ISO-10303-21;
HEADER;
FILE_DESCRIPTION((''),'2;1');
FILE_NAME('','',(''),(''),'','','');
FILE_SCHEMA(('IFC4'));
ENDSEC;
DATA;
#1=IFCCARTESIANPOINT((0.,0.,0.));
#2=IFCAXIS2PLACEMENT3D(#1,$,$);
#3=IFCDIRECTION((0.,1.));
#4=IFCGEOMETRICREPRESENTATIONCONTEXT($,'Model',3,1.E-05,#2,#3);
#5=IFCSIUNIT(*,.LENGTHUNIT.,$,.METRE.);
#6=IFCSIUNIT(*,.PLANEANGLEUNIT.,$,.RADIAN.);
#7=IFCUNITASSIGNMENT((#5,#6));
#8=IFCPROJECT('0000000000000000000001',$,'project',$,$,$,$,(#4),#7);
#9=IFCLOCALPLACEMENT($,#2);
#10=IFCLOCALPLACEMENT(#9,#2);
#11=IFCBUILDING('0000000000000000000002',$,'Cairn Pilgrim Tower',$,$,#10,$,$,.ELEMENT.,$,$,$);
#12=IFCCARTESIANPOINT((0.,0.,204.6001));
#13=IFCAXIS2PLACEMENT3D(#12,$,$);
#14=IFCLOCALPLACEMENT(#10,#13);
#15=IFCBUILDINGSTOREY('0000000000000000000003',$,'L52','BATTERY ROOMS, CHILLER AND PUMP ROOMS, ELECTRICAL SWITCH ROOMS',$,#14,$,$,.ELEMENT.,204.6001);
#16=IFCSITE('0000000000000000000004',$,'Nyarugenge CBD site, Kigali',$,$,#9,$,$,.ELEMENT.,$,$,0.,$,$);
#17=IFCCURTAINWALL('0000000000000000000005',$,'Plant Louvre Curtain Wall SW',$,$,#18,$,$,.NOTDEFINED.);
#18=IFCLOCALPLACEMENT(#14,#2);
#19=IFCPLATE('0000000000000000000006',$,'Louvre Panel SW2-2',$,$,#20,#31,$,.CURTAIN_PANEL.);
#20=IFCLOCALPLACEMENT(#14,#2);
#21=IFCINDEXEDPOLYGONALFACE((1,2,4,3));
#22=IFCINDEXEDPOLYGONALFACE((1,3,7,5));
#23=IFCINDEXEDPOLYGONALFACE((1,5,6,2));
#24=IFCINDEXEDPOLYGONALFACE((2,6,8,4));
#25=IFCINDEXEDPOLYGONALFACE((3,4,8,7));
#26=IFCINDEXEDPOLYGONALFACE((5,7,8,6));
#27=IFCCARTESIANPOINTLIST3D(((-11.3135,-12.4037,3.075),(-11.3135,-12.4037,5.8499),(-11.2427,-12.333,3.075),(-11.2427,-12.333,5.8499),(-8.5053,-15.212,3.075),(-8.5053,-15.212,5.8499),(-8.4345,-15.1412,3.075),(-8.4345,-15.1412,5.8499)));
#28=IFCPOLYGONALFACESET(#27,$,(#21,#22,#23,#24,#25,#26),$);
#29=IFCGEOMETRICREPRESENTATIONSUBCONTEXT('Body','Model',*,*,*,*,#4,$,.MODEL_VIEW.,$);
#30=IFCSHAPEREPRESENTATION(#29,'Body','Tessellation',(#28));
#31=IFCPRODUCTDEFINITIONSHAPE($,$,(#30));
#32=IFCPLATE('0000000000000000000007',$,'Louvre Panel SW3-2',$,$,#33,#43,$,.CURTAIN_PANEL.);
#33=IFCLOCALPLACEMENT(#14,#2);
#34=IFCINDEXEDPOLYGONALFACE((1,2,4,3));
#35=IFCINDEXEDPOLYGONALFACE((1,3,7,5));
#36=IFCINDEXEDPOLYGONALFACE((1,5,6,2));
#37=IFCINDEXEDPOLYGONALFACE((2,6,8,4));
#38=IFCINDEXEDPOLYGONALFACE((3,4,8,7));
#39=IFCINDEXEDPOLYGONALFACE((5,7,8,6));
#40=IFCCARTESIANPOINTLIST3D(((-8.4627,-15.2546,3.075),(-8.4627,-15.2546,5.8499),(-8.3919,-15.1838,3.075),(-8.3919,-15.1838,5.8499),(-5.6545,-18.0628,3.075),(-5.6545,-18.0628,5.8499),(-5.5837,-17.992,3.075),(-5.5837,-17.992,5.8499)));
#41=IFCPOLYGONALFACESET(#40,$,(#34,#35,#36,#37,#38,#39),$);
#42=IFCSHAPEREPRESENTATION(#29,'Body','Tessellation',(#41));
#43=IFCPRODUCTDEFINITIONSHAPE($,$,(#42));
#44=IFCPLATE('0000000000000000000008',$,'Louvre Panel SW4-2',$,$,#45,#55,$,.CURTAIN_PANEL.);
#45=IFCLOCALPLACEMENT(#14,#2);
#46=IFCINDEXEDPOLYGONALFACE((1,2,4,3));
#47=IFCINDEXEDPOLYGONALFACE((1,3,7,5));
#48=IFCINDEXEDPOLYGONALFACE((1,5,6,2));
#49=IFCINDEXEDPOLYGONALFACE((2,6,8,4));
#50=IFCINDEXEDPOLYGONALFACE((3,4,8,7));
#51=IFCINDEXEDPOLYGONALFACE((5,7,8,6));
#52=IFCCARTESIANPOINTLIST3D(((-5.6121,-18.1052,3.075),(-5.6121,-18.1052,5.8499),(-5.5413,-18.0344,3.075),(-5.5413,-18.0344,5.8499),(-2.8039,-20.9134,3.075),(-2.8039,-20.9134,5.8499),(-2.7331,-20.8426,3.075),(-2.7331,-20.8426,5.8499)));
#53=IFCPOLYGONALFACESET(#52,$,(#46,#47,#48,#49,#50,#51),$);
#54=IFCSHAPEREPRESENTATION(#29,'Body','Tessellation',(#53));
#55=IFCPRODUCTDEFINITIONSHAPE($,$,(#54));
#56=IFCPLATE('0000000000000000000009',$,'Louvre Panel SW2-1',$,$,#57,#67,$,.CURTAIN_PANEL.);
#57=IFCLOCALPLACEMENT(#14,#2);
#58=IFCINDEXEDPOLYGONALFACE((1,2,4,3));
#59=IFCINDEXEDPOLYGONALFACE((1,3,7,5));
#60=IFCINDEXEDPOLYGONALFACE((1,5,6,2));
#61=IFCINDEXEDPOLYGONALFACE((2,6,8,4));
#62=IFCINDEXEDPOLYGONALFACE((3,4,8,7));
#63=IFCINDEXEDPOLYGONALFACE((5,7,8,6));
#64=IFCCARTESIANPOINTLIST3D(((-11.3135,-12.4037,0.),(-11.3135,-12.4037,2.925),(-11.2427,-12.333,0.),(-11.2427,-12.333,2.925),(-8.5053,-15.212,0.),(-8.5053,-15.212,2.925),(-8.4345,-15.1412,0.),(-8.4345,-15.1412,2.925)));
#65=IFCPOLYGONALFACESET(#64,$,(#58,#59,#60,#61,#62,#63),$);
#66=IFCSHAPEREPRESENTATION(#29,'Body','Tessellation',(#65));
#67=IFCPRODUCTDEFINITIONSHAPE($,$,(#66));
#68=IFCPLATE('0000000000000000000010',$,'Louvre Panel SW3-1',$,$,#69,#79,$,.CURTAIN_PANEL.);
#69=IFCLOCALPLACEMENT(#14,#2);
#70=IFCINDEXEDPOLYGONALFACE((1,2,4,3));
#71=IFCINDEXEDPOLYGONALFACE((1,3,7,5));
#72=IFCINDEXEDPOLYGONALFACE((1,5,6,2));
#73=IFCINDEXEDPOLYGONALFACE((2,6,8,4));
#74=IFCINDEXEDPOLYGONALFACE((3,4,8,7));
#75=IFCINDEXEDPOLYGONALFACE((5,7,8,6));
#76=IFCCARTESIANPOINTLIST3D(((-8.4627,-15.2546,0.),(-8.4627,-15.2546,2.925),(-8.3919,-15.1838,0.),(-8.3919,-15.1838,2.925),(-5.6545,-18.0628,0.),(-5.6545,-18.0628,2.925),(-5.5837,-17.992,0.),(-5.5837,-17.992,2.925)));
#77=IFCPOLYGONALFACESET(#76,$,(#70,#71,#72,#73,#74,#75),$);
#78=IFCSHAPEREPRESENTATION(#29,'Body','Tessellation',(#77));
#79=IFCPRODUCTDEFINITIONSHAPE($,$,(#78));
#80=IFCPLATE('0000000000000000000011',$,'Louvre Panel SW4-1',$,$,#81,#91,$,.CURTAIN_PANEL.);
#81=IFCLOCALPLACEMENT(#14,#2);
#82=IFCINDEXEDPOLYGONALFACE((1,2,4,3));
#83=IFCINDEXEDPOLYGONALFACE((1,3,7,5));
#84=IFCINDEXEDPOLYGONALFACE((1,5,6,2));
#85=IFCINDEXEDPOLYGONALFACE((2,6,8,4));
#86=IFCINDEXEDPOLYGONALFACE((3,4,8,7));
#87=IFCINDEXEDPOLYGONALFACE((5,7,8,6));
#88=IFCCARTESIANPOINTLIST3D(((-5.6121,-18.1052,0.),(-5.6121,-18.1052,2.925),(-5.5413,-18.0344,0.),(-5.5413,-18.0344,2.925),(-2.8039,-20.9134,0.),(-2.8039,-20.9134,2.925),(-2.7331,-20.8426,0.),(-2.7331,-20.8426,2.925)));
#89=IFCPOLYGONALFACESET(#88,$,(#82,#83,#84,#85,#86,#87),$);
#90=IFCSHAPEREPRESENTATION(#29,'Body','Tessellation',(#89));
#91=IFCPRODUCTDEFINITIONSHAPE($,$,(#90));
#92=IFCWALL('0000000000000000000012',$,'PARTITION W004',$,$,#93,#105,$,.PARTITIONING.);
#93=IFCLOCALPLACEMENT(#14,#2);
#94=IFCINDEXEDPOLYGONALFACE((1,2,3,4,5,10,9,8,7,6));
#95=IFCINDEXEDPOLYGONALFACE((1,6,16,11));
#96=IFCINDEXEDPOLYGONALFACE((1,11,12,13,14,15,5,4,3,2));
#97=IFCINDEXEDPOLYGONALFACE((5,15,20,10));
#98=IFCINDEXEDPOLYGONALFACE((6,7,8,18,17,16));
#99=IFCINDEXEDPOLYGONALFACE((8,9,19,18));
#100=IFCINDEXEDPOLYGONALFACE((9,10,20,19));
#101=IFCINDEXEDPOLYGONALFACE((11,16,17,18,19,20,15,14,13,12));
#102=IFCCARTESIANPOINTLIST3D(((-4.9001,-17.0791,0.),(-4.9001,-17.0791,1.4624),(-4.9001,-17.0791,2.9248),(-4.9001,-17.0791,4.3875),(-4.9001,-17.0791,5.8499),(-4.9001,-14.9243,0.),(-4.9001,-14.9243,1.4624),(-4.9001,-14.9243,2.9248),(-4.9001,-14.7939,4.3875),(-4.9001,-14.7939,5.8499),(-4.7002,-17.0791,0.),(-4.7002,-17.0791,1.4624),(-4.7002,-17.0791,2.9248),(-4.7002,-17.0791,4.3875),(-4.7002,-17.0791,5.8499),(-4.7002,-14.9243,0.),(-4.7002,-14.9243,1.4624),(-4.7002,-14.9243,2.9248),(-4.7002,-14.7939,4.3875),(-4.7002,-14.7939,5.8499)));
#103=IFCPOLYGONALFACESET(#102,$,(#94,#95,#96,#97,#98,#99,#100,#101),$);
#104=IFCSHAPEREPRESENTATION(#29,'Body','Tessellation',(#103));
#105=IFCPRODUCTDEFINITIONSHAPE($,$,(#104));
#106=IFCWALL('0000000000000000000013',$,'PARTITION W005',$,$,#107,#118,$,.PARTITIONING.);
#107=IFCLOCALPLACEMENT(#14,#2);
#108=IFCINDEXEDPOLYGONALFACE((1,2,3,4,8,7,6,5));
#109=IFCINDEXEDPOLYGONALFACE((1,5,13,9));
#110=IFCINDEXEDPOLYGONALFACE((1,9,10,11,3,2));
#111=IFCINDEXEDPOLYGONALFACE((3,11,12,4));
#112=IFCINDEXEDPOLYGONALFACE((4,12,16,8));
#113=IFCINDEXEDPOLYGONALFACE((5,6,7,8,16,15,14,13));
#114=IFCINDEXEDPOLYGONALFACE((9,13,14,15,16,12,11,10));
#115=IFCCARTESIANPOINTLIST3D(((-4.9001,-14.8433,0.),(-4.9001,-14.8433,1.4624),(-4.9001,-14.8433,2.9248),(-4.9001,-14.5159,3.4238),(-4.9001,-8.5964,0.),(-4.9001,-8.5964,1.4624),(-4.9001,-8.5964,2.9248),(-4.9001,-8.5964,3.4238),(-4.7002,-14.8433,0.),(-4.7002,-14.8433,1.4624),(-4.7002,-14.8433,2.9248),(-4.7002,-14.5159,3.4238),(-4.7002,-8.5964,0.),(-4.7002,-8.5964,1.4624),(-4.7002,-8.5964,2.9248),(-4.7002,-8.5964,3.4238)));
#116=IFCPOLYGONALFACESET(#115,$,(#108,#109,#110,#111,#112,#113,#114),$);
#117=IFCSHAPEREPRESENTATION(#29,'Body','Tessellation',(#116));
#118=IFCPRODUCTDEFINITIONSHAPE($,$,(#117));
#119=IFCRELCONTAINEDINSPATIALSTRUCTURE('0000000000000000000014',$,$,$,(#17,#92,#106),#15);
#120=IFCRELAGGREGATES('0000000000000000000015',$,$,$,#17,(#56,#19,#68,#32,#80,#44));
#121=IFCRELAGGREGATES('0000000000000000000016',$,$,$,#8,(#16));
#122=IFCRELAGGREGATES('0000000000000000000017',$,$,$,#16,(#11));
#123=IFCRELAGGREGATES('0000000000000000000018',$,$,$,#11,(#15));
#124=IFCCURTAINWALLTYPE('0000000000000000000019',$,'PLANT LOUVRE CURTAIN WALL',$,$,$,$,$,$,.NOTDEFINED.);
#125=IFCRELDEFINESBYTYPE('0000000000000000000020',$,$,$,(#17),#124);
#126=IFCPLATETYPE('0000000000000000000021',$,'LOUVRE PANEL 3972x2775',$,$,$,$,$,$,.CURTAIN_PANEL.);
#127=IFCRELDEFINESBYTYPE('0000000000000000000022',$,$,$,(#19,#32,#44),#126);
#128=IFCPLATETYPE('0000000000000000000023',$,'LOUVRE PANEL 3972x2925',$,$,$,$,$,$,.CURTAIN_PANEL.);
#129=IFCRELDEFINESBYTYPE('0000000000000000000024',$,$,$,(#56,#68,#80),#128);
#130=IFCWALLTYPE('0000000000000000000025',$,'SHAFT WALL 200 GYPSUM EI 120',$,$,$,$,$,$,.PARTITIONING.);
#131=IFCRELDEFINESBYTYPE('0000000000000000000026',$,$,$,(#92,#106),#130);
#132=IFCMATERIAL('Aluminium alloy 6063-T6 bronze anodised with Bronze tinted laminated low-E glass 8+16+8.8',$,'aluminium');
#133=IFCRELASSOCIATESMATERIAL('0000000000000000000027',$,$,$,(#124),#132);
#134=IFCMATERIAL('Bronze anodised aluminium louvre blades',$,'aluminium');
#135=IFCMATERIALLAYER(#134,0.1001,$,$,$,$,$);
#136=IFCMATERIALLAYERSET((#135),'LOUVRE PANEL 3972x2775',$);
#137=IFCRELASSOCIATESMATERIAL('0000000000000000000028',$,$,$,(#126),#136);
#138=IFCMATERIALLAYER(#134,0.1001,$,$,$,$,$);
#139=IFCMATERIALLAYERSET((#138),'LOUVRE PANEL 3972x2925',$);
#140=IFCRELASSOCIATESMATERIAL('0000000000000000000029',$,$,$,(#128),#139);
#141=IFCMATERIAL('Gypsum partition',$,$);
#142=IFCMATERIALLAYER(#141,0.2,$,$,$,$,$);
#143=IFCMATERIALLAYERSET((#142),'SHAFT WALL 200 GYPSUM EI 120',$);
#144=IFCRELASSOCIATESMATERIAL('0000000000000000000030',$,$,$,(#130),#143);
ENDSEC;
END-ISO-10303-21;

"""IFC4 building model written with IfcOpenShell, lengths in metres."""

from ifc_helpers import new_model, si_unit, direction, frame, origin, origin_2d, place, context, subcontext, project, spatial, polyline, rectangle, outline, extrude, material, layer, layer_set, type_object, element, aggregate, save


model = new_model("IFC4")

# Units and contexts
model_context = context("Model", 3, precision=1e-05, world=origin(), true_north=direction((0.0, 1.0)))
body_context = subcontext(model_context, "Body", "Model", "MODEL_VIEW")
ifc_project = project(units=[si_unit("LENGTHUNIT", "METRE"), si_unit("PLANEANGLEUNIT", "RADIAN")], contexts=[model_context])

# Site, building, storey
site_placement = place(None, origin())
site = spatial("IfcSite", under=ifc_project, at=site_placement, Name="Nyarugenge CBD site, Kigali", CompositionType="ELEMENT", RefElevation=0.0)
building_placement = place(site_placement, origin())
building = spatial("IfcBuilding", under=site, at=building_placement, Name="Cairn Pilgrim Tower", CompositionType="ELEMENT")
storey_placement = place(building_placement, frame((0.0, 0.0, 204.6001)))
storey = spatial("IfcBuildingStorey", under=building, at=storey_placement, Name="L52", Description="BATTERY ROOMS, CHILLER AND PUMP ROOMS, ELECTRICAL SWITCH ROOMS", CompositionType="ELEMENT", Elevation=204.6001)

# Curtain wall
ifc_material_1 = material(Name="Aluminium alloy 6063-T6 bronze anodised with Bronze tinted laminated low-E glass 8+16+8.8", Category="aluminium")
curtain_wall_type = type_object("IfcCurtainWallType", Name="PLANT LOUVRE CURTAIN WALL", PredefinedType="NOTDEFINED", material=ifc_material_1)
curtain_wall_placement = place(storey_placement, origin())
curtain_wall = element("IfcCurtainWall", 1, at=curtain_wall_placement, inside=storey, type_object=curtain_wall_type, Name="Plant Louvre Curtain Wall SW", PredefinedType="NOTDEFINED")

# Plates
ifc_material_2 = material(Name="Bronze anodised aluminium louvre blades", Category="aluminium")
ifc_layer_1 = layer(ifc_material_2, 0.1001)
ifc_layer_set_1 = layer_set([ifc_layer_1], Name="LOUVRE PANEL 3972x2775")
plate_type_1 = type_object("IfcPlateType", Name="LOUVRE PANEL 3972x2775", PredefinedType="CURTAIN_PANEL", material=ifc_layer_set_1)
plate_1_placement = place(storey_placement, frame((-9.874, -13.7725, 3.075), z_axis=(0.0, 0.0, 1.0), x_axis=(0.707107, -0.707107, 0.0)))
plate_1 = element("IfcPlate", 2, at=plate_1_placement, type_object=plate_type_1, Name="Louvre Panel SW2-2", PredefinedType="CURTAIN_PANEL", context=body_context, shape_type="SweptSolid", body=[
    extrude(rectangle(XDim=3.9714, YDim=0.1001, at=origin_2d()), origin(), (0.0, 0.0, 1.0), 2.7749),
])
plate_2_placement = place(storey_placement, frame((-7.0232, -16.6233, 3.075), z_axis=(0.0, 0.0, 1.0), x_axis=(0.707107, -0.707107, 0.0)))
plate_2 = element("IfcPlate", 3, at=plate_2_placement, type_object=plate_type_1, Name="Louvre Panel SW3-2", PredefinedType="CURTAIN_PANEL", context=body_context, shape_type="SweptSolid", body=[
    extrude(rectangle(XDim=3.9714, YDim=0.1001, at=origin_2d()), origin(), (0.0, 0.0, 1.0), 2.7749),
])
plate_3_placement = place(storey_placement, frame((-4.1726, -19.4739, 3.075), z_axis=(0.0, 0.0, 1.0), x_axis=(0.707107, -0.707107, 0.0)))
plate_3 = element("IfcPlate", 4, at=plate_3_placement, type_object=plate_type_1, Name="Louvre Panel SW4-2", PredefinedType="CURTAIN_PANEL", context=body_context, shape_type="SweptSolid", body=[
    extrude(rectangle(XDim=3.9714, YDim=0.1001, at=origin_2d()), origin(), (0.0, 0.0, 1.0), 2.7749),
])
ifc_layer_2 = layer(ifc_material_2, 0.1001)
ifc_layer_set_2 = layer_set([ifc_layer_2], Name="LOUVRE PANEL 3972x2925")
plate_type_2 = type_object("IfcPlateType", Name="LOUVRE PANEL 3972x2925", PredefinedType="CURTAIN_PANEL", material=ifc_layer_set_2)
plate_4_placement = place(storey_placement, frame((-9.874, -13.7725, 0.0), z_axis=(0.0, 0.0, 1.0), x_axis=(0.707107, -0.707107, 0.0)))
plate_4 = element("IfcPlate", 5, at=plate_4_placement, type_object=plate_type_2, Name="Louvre Panel SW2-1", PredefinedType="CURTAIN_PANEL", context=body_context, shape_type="SweptSolid", body=[
    extrude(rectangle(XDim=3.9714, YDim=0.1001, at=origin_2d()), origin(), (0.0, 0.0, 1.0), 2.925),
])
plate_5_placement = place(storey_placement, frame((-7.0232, -16.6233, 0.0), z_axis=(0.0, 0.0, 1.0), x_axis=(0.707107, -0.707107, 0.0)))
plate_5 = element("IfcPlate", 6, at=plate_5_placement, type_object=plate_type_2, Name="Louvre Panel SW3-1", PredefinedType="CURTAIN_PANEL", context=body_context, shape_type="SweptSolid", body=[
    extrude(rectangle(XDim=3.9714, YDim=0.1001, at=origin_2d()), origin(), (0.0, 0.0, 1.0), 2.925),
])
plate_6_placement = place(storey_placement, frame((-4.1726, -19.4739, 0.0), z_axis=(0.0, 0.0, 1.0), x_axis=(0.707107, -0.707107, 0.0)))
plate_6 = element("IfcPlate", 7, at=plate_6_placement, type_object=plate_type_2, Name="Louvre Panel SW4-1", PredefinedType="CURTAIN_PANEL", context=body_context, shape_type="SweptSolid", body=[
    extrude(rectangle(XDim=3.9714, YDim=0.1001, at=origin_2d()), origin(), (0.0, 0.0, 1.0), 2.925),
])
aggregate(curtain_wall, [plate_4, plate_1, plate_5, plate_2, plate_6, plate_3])

# Walls
ifc_material_3 = material(Name="Gypsum partition")
ifc_layer_3 = layer(ifc_material_3, 0.2)
ifc_layer_set_3 = layer_set([ifc_layer_3], Name="SHAFT WALL 200 GYPSUM EI 120")
wall_type = type_object("IfcWallType", Name="SHAFT WALL 200 GYPSUM EI 120", PredefinedType="PARTITIONING", material=ifc_layer_set_3)
wall_1_placement = place(storey_placement, frame((-4.8, -17.0791, 0.0), z_axis=(0.0, 0.0, 1.0), x_axis=(0.0, 1.0, 0.0)))
element("IfcWall", 8, at=wall_1_placement, inside=storey, type_object=wall_type, Name="PARTITION W004", PredefinedType="PARTITIONING", context=body_context, shape_type="SweptSolid", body=[
    extrude(outline(polyline([(0.0, 0.0), (2.1548, 0.0), (2.1548, 1.4624), (2.1548, 2.9248), (2.2852, 4.3875), (2.2852, 5.8499), (0.0, 5.8499), (0.0, 4.3875), (0.0, 2.9248), (0.0, 1.4624), (0.0, 0.0)])), frame((0.0, 0.1001, 0.0), z_axis=(0.0, -1.0, 0.0), x_axis=(1.0, 0.0, 0.0)), (0.0, 0.0, 1.0), 0.2),
])
wall_2_placement = place(storey_placement, frame((-4.8, -14.8433, 0.0), z_axis=(0.0, 0.0, 1.0), x_axis=(0.0, 1.0, 0.0)))
element("IfcWall", 9, at=wall_2_placement, inside=storey, type_object=wall_type, Name="PARTITION W005", PredefinedType="PARTITIONING", context=body_context, shape_type="SweptSolid", body=[
    extrude(outline(polyline([(0.0, 0.0), (6.2468, 0.0), (6.2468, 1.4624), (6.2468, 2.9248), (6.2468, 3.4238), (0.3274, 3.4238), (0.0, 2.9248), (0.0, 1.4624), (0.0, 0.0)])), frame((0.0, 0.1001, 0.0), z_axis=(0.0, -1.0, 0.0), x_axis=(1.0, 0.0, 0.0)), (0.0, 0.0, 1.0), 0.2),
])

save(model, "model.ifc")
